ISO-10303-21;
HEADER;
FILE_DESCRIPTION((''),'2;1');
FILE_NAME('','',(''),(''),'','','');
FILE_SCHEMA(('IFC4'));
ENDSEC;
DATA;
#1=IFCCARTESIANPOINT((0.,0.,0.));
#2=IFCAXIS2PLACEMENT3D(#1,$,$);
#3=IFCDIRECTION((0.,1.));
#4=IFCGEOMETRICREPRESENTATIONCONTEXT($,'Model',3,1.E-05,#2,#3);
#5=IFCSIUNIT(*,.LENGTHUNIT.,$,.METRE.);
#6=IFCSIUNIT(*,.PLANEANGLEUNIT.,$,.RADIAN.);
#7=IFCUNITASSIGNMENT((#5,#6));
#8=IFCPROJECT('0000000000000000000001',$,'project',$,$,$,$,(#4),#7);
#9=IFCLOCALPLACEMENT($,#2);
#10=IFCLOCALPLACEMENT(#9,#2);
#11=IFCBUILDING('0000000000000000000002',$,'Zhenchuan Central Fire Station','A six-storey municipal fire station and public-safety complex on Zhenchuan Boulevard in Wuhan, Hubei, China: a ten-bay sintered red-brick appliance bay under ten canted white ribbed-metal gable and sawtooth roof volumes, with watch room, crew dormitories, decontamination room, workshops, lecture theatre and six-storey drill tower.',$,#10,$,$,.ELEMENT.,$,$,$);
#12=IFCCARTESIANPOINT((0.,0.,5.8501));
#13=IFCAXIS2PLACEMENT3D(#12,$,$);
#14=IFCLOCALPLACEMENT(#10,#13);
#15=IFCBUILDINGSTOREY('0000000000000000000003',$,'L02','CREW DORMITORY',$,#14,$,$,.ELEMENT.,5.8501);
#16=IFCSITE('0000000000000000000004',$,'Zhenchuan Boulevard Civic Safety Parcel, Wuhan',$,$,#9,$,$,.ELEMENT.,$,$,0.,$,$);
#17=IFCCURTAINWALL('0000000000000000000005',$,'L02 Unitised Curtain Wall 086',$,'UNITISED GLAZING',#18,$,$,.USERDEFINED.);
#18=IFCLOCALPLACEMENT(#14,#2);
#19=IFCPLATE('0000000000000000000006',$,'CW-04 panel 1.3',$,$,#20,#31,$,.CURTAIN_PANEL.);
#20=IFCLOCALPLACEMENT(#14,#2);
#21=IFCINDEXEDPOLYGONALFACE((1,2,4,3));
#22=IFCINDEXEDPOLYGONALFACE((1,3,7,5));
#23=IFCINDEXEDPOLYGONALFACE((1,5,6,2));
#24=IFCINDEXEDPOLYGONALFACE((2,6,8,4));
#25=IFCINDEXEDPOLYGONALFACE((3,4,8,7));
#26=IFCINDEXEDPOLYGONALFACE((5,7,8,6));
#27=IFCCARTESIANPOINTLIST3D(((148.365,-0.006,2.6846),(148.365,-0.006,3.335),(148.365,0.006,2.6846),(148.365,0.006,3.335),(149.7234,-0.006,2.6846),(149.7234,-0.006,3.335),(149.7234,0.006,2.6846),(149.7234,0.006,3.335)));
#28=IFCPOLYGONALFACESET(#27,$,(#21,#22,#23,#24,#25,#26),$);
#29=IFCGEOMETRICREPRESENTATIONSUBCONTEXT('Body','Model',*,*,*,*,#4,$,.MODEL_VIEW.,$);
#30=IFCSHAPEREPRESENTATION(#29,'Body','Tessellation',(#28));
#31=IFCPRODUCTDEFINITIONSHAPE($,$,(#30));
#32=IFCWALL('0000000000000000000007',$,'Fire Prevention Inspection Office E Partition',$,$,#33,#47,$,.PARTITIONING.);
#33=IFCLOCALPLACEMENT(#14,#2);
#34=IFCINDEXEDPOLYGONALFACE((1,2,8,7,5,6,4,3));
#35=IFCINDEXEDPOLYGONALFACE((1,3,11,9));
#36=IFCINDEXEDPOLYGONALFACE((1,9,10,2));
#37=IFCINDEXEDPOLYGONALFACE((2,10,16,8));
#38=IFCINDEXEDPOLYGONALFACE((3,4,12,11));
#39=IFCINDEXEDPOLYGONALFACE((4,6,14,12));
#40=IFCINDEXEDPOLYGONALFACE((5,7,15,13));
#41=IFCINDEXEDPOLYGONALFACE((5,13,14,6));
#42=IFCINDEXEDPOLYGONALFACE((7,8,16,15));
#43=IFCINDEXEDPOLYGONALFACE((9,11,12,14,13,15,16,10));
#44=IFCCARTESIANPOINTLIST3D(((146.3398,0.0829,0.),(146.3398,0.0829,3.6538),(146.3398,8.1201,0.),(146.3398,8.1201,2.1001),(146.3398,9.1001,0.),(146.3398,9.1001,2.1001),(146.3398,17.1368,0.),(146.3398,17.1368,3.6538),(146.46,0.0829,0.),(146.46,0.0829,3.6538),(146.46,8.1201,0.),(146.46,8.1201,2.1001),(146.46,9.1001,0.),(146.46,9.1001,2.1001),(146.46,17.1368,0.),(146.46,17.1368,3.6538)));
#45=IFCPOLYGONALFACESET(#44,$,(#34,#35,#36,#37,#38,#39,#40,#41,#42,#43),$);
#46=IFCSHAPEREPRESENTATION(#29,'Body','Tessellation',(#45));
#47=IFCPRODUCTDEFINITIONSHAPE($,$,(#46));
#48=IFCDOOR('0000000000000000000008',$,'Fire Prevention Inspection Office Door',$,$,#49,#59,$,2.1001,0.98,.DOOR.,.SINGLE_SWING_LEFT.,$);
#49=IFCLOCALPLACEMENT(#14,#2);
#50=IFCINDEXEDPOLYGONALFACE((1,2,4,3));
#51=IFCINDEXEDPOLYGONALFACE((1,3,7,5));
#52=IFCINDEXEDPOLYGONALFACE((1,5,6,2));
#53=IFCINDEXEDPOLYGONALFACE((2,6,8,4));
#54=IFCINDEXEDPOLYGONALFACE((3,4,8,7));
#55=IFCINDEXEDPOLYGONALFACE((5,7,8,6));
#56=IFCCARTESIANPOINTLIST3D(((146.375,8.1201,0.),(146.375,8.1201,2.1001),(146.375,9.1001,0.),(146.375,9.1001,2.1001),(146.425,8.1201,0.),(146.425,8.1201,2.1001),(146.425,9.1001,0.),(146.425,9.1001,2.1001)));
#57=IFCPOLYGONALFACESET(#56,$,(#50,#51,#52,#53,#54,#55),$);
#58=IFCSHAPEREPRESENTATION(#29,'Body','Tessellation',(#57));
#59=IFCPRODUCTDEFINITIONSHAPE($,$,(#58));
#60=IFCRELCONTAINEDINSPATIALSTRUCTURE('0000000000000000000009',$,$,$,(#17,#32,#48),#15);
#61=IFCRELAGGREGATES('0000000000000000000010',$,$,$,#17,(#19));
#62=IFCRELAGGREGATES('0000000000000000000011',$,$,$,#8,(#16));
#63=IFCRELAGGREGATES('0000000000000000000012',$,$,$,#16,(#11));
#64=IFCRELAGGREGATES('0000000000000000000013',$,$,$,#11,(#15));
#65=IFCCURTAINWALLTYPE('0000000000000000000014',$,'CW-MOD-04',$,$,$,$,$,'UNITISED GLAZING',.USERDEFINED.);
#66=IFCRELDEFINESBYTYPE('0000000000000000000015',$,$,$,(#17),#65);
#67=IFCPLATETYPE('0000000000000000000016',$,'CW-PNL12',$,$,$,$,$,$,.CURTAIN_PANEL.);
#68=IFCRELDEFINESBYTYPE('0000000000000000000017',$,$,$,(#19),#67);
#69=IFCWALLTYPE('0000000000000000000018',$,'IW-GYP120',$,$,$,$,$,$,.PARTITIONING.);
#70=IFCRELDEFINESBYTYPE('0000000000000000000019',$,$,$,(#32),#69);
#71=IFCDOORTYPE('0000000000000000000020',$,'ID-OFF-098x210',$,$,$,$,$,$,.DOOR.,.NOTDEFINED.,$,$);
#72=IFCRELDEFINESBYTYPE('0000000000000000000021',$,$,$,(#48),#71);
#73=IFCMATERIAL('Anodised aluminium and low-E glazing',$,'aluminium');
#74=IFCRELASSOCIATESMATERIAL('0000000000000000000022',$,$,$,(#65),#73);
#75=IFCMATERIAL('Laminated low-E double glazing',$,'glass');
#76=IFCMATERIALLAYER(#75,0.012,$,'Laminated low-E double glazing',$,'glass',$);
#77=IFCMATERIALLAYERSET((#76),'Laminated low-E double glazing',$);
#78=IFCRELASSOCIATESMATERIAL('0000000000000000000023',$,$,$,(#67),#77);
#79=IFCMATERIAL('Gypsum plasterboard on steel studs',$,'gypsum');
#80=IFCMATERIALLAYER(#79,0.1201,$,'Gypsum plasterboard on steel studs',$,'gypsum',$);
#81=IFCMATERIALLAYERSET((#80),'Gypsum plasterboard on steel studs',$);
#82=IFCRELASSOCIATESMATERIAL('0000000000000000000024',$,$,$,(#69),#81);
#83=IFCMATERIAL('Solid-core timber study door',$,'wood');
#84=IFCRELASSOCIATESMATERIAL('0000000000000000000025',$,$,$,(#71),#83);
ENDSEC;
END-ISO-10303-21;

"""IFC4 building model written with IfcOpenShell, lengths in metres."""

from ifc_helpers import new_model, si_unit, direction, frame, frame_2d, origin, origin_2d, place, context, subcontext, project, spatial, rectangle, extrude, material, layer, layer_set, type_object, element, fill, aggregate, save


model = new_model("IFC4")

# Units and contexts
model_context = context("Model", 3, precision=1e-05, world=origin(), true_north=direction((0.0, 1.0)))
body_context = subcontext(model_context, "Body", "Model", "MODEL_VIEW")
ifc_project = project(units=[si_unit("LENGTHUNIT", "METRE"), si_unit("PLANEANGLEUNIT", "RADIAN")], contexts=[model_context])

# Site, building, storey
site_placement = place(None, origin())
site = spatial("IfcSite", under=ifc_project, at=site_placement, Name="Zhenchuan Boulevard Civic Safety Parcel, Wuhan", CompositionType="ELEMENT", RefElevation=0.0)
building_placement = place(site_placement, origin())
building = spatial("IfcBuilding", under=site, at=building_placement, Name="Zhenchuan Central Fire Station", Description="A six-storey municipal fire station and public-safety complex on Zhenchuan Boulevard in Wuhan, Hubei, China: a ten-bay sintered red-brick appliance bay under ten canted white ribbed-metal gable and sawtooth roof volumes, with watch room, crew dormitories, decontamination room, workshops, lecture theatre and six-storey drill tower.", CompositionType="ELEMENT")
storey_placement = place(building_placement, frame((0.0, 0.0, 5.8501)))
storey = spatial("IfcBuildingStorey", under=building, at=storey_placement, Name="L02", Description="CREW DORMITORY", CompositionType="ELEMENT", Elevation=5.8501)

# Shared definitions
ifc_material_1 = material(Name="Anodised aluminium and low-E glazing", Category="aluminium")
curtain_wall_type = type_object("IfcCurtainWallType", Name="CW-MOD-04", ElementType="UNITISED GLAZING", PredefinedType="USERDEFINED", material=ifc_material_1)

# Curtain wall
curtain_wall_1_placement = place(storey_placement, origin())
curtain_wall_1 = element("IfcCurtainWall", 1, at=curtain_wall_1_placement, inside=storey, type_object=curtain_wall_type, Name="L02 Unitised Curtain Wall 086", ObjectType="UNITISED GLAZING", PredefinedType="USERDEFINED")

# Plate
ifc_material_2 = material(Name="Laminated low-E double glazing", Category="glass")
ifc_layer_1 = layer(ifc_material_2, 0.012, Name="Laminated low-E double glazing", Category="glass")
ifc_layer_set_1 = layer_set([ifc_layer_1], Name="Laminated low-E double glazing")
plate_type = type_object("IfcPlateType", Name="CW-PNL12", PredefinedType="CURTAIN_PANEL", material=ifc_layer_set_1)
plate_1_placement = place(storey_placement, frame((149.0442, 0.0, 2.6846), z_axis=(0.0, 0.0, 1.0), x_axis=(1.0, 0.0, 0.0)))
plate_1 = element("IfcPlate", 2, at=plate_1_placement, type_object=plate_type, Name="CW-04 panel 1.3", PredefinedType="CURTAIN_PANEL", context=body_context, shape_type="SweptSolid", body=[
    extrude(rectangle(XDim=1.3584, YDim=0.012, at=origin_2d()), origin(), (0.0, 0.0, 1.0), 0.6504),
])
aggregate(curtain_wall_1, [plate_1])

# Wall, opening, door
ifc_material_3 = material(Name="Gypsum plasterboard on steel studs", Category="gypsum")
ifc_layer_2 = layer(ifc_material_3, 0.1201, Name="Gypsum plasterboard on steel studs", Category="gypsum")
ifc_layer_set_2 = layer_set([ifc_layer_2], Name="Gypsum plasterboard on steel studs")
wall_type = type_object("IfcWallType", Name="IW-GYP120", PredefinedType="PARTITIONING", material=ifc_layer_set_2)
wall_placement = place(storey_placement, frame((146.3999, 0.083, 0.0), z_axis=(0.0, 0.0, 1.0), x_axis=(0.0, 1.0, 0.0)))
wall = element("IfcWall", 3, at=wall_placement, inside=storey, type_object=wall_type, Name="Fire Prevention Inspection Office E Partition", PredefinedType="PARTITIONING", context=body_context, shape_type="SweptSolid", body=[
    extrude(rectangle(XDim=17.054, YDim=0.1201, at=frame_2d((8.5269, 0.0))), origin(), (0.0, 0.0, 1.0), 3.6538),
])
opening_placement = place(wall_placement, frame((8.0371, 0.0, 0.0)))
opening = element("IfcOpeningElement", 4, at=opening_placement, cuts=wall, PredefinedType="OPENING", context=body_context, shape_type="SweptSolid", body=[
    extrude(rectangle(XDim=0.98, YDim=2.1001, at=frame_2d((0.49, 1.05))), frame((0.0, 0.0701, 0.0), z_axis=(0.0, -1.0, 0.0), x_axis=(1.0, 0.0, 0.0)), (0.0, 0.0, 1.0), 0.1401),
])
ifc_material_4 = material(Name="Solid-core timber study door", Category="wood")
door_type = type_object("IfcDoorType", Name="ID-OFF-098x210", OperationType="NOTDEFINED", PredefinedType="DOOR", material=ifc_material_4)
door_placement = place(opening_placement, origin())
door = element("IfcDoor", 5, at=door_placement, inside=storey, type_object=door_type, Name="Fire Prevention Inspection Office Door", OperationType="SINGLE_SWING_LEFT", OverallHeight=2.1001, OverallWidth=0.98, PredefinedType="DOOR", context=body_context, shape_type="SweptSolid", body=[
    extrude(rectangle(XDim=0.98, YDim=2.1001, at=frame_2d((0.49, 1.05))), frame((0.0, 0.0249, 0.0), z_axis=(0.0, -1.0, 0.0), x_axis=(1.0, 0.0, 0.0)), (0.0, 0.0, 1.0), 0.05),
])
fill(opening, door)

save(model, "model.ifc")
